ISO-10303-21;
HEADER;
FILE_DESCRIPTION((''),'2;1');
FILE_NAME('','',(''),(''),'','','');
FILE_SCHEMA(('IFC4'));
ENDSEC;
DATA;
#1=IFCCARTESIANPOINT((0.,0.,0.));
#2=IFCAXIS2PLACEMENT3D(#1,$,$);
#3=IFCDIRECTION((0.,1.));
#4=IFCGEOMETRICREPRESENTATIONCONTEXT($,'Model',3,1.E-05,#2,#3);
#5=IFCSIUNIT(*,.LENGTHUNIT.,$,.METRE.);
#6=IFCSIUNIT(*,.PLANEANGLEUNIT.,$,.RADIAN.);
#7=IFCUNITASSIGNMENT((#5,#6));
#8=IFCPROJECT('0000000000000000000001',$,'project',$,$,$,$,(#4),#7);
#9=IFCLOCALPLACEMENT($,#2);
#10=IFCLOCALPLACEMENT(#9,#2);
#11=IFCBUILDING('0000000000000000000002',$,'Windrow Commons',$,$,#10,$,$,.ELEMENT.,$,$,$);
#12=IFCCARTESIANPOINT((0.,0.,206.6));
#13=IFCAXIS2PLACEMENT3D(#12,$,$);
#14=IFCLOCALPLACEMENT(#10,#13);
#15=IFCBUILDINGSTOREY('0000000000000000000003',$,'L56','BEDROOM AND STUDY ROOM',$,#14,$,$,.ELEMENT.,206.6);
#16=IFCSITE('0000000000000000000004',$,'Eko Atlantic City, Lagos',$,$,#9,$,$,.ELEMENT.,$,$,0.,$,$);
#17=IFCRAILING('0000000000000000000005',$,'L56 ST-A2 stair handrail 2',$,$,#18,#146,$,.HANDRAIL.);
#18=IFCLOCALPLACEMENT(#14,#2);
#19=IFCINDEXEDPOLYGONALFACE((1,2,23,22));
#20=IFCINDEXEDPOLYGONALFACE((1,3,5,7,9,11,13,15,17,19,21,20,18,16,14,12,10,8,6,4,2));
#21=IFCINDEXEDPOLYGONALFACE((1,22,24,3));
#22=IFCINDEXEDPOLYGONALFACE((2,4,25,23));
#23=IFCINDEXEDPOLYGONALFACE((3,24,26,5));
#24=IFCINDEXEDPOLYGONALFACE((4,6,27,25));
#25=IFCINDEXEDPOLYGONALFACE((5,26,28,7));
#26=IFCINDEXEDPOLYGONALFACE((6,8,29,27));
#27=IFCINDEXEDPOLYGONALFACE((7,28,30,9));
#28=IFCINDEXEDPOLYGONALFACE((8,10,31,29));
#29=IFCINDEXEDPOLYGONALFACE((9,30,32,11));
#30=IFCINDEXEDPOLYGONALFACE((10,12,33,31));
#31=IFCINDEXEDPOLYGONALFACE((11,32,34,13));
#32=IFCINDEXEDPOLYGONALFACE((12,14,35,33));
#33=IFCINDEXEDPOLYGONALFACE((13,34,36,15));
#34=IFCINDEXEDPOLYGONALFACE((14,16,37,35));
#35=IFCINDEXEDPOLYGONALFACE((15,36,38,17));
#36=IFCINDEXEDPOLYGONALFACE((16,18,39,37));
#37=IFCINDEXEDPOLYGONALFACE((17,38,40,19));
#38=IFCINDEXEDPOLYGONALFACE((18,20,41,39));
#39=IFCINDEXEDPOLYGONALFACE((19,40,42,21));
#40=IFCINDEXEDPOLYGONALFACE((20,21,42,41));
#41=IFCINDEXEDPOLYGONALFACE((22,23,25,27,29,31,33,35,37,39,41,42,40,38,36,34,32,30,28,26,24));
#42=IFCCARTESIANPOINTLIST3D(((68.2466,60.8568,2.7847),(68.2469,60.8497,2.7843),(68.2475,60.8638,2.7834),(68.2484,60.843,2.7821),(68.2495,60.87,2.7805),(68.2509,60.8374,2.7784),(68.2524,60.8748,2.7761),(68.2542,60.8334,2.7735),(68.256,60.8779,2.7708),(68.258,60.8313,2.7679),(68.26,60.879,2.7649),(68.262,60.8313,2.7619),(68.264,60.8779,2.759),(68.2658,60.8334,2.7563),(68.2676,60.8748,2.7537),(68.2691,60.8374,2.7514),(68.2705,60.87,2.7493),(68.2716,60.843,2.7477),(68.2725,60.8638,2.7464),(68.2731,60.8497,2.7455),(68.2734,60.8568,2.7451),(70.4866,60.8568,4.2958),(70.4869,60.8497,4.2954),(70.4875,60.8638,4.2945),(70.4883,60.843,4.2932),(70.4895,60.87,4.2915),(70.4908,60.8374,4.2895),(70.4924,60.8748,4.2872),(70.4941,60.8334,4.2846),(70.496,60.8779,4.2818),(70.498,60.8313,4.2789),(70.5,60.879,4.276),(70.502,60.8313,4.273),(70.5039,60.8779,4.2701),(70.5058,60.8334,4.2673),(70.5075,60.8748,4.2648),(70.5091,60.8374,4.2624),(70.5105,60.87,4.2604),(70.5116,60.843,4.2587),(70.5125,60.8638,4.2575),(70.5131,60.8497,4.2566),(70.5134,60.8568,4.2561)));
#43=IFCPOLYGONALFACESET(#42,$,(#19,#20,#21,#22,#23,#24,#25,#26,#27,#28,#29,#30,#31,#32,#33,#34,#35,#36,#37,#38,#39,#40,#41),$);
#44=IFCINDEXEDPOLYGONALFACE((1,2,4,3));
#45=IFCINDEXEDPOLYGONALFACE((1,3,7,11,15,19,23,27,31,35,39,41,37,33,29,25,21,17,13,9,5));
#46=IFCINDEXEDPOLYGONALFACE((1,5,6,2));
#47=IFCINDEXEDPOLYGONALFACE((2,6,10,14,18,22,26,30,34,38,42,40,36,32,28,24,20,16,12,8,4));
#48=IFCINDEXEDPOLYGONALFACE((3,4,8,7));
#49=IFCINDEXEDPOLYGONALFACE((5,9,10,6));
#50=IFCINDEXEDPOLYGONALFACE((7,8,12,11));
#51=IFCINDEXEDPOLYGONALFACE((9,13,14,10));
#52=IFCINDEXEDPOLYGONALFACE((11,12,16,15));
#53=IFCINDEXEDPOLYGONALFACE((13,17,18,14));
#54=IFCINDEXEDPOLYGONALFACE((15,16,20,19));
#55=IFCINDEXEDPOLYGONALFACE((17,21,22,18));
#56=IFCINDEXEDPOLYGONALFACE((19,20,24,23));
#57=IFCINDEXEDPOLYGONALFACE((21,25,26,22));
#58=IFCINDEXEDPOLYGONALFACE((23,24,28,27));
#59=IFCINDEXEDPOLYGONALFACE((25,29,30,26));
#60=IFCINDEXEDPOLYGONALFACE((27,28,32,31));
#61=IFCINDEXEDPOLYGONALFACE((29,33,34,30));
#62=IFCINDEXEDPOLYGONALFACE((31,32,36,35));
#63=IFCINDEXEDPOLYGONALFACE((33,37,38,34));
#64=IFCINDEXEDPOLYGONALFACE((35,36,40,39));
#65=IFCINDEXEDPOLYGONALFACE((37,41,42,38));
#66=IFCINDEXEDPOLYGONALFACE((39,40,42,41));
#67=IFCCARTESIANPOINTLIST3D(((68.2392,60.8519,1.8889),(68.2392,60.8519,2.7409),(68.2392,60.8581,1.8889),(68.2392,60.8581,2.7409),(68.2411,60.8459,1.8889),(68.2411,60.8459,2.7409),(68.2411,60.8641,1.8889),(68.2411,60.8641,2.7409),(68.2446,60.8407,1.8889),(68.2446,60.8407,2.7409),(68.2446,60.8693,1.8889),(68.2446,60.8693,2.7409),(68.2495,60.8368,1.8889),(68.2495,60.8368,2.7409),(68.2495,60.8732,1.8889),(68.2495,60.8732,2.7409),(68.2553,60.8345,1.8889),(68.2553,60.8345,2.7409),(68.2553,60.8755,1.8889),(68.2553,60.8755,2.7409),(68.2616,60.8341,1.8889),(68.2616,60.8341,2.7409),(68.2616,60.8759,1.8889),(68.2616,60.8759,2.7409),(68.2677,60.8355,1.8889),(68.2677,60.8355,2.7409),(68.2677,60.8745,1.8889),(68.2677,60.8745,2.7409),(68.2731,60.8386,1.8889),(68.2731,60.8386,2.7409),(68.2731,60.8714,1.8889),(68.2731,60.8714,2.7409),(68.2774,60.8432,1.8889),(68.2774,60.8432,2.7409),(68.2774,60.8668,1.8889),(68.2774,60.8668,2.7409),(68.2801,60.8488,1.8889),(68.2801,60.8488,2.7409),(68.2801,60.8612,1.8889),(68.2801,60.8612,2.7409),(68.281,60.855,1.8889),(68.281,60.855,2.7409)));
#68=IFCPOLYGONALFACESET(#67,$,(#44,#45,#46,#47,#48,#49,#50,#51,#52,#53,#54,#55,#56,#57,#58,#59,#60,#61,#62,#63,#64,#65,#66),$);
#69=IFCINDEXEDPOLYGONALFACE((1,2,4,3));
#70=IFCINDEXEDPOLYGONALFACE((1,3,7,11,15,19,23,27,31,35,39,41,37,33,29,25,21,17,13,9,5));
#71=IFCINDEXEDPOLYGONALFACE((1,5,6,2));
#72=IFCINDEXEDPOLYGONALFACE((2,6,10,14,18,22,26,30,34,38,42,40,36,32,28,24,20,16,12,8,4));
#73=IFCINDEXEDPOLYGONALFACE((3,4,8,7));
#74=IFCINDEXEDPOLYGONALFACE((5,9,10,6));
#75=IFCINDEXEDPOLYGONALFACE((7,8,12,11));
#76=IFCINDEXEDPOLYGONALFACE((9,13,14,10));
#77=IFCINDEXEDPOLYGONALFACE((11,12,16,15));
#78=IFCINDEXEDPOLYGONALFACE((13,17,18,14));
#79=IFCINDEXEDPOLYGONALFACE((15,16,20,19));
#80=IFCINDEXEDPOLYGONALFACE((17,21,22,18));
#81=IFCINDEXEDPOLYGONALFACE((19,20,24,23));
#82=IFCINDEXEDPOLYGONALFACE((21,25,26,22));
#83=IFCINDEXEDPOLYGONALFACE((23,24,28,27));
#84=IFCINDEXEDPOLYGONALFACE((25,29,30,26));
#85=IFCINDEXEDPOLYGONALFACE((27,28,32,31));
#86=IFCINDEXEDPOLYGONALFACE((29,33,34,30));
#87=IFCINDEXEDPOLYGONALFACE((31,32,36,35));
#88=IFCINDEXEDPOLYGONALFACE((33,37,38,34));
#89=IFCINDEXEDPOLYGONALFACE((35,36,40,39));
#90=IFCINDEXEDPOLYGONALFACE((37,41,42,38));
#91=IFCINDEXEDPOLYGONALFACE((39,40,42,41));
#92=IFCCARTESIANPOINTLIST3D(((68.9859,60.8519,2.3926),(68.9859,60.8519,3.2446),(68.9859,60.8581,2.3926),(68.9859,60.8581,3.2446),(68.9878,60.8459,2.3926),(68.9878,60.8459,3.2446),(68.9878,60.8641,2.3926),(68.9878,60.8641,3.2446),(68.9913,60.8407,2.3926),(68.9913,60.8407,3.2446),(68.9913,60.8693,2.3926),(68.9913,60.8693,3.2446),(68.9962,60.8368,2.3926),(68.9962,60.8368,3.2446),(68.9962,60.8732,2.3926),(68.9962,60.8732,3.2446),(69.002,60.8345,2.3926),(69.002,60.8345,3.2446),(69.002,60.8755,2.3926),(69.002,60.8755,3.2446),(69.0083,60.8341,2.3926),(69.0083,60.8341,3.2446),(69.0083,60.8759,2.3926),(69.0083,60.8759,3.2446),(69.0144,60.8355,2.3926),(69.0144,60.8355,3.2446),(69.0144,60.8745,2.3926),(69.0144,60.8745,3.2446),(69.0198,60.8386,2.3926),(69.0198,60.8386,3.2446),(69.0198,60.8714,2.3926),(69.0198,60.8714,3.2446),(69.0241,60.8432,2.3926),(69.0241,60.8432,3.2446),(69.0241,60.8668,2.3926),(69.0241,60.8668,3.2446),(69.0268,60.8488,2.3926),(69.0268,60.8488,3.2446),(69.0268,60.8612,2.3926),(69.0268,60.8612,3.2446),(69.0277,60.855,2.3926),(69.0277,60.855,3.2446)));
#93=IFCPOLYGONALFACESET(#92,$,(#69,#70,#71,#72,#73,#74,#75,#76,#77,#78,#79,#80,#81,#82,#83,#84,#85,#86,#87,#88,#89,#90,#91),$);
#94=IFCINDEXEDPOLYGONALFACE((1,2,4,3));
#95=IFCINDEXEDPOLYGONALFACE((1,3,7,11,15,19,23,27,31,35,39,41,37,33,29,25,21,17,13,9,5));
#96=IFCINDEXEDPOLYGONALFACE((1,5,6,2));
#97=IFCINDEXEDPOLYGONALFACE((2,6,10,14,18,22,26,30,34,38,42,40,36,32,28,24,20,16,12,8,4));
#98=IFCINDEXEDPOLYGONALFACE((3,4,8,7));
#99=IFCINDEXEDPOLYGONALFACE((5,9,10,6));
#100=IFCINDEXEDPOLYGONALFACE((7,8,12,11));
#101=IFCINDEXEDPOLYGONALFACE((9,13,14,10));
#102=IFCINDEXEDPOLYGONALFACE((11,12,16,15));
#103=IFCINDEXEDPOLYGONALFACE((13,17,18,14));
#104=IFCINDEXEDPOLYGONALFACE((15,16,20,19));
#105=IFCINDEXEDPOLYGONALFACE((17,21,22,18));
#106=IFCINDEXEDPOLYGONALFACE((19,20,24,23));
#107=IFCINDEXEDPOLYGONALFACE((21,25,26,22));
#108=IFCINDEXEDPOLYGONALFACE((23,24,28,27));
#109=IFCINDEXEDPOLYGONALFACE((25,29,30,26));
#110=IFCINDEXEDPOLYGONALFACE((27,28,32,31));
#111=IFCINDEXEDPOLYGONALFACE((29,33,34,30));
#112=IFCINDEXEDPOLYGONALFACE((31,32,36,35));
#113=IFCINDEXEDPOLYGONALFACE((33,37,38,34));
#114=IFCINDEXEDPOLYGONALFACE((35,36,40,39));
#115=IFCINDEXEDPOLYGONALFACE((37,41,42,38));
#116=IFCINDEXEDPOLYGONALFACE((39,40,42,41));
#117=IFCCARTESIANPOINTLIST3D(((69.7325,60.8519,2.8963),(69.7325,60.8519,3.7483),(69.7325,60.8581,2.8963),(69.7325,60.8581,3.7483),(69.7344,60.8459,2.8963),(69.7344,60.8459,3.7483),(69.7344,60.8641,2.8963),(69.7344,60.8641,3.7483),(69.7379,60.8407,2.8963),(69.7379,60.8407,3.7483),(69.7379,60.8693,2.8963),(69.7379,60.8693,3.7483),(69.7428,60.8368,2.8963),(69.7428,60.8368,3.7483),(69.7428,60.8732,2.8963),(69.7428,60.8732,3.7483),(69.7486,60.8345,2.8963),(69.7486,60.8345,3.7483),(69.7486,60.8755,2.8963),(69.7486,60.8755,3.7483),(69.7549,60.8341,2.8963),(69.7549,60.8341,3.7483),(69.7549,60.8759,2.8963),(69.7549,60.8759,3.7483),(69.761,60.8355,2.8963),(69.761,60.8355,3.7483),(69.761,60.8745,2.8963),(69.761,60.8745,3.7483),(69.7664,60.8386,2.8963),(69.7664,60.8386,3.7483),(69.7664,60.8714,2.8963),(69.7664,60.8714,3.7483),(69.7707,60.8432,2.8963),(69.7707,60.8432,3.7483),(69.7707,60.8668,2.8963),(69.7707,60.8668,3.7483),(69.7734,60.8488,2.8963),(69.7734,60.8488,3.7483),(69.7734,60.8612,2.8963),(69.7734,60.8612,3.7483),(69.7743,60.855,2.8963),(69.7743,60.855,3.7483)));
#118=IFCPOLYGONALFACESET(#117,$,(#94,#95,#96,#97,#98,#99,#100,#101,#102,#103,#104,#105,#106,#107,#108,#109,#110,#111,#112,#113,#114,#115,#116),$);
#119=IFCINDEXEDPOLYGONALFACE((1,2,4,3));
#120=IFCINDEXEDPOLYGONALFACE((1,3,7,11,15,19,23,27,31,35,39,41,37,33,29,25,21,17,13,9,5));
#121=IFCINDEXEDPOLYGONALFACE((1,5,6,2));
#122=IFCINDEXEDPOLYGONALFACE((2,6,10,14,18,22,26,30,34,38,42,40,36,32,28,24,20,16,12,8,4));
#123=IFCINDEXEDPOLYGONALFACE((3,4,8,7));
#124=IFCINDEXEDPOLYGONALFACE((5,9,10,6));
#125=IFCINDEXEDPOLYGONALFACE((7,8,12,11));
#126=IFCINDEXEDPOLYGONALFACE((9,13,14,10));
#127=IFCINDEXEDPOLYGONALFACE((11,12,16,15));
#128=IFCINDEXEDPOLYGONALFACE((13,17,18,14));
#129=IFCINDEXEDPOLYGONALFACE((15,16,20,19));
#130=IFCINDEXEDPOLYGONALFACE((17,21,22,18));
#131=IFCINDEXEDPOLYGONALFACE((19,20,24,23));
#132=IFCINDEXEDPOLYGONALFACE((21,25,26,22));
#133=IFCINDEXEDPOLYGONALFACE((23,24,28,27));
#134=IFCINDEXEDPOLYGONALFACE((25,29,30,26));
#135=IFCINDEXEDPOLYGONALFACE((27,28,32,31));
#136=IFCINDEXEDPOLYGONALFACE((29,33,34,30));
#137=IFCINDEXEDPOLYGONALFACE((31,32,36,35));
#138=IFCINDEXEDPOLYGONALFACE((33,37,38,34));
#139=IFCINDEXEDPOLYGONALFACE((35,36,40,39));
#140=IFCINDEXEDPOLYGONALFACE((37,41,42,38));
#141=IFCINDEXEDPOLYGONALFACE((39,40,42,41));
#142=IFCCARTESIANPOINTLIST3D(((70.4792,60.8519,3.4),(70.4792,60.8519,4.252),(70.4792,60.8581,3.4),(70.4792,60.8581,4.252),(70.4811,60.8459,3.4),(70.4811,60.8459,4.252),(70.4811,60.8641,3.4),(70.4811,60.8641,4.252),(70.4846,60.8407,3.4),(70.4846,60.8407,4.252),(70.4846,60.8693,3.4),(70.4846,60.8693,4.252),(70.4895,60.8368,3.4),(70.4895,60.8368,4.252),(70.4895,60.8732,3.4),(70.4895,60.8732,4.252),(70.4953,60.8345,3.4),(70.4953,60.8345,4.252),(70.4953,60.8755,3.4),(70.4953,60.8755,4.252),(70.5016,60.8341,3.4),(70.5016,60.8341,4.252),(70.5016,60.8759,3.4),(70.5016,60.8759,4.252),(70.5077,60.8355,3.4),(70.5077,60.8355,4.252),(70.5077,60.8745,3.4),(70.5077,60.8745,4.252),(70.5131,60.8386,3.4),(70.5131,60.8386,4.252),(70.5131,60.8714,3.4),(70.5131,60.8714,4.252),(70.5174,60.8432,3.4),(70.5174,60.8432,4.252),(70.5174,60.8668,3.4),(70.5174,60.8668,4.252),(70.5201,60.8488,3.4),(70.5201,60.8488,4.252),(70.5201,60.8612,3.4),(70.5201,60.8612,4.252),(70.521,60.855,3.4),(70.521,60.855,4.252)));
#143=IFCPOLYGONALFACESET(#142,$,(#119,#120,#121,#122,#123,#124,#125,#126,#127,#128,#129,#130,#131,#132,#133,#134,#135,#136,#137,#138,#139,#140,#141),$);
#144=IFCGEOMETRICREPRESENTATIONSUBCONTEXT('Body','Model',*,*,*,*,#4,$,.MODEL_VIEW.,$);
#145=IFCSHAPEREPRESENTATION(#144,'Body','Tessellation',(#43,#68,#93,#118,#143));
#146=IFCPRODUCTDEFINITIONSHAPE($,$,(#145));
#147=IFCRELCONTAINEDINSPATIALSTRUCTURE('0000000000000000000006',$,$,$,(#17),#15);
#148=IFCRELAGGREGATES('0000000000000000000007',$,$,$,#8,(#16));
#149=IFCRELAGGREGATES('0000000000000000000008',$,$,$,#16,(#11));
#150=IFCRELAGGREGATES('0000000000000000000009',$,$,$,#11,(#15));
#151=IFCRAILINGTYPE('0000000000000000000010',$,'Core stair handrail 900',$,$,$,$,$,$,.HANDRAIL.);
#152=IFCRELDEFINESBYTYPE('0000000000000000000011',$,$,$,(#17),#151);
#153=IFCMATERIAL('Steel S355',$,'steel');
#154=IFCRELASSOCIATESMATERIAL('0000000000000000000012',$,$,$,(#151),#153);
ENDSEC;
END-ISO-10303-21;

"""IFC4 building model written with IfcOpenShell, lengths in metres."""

from ifc_helpers import new_model, si_unit, direction, frame, origin, origin_2d, place, context, subcontext, project, spatial, circle, extrude, material, type_object, element, save


model = new_model("IFC4")

# Units and contexts
model_context = context("Model", 3, precision=1e-05, world=origin(), true_north=direction((0.0, 1.0)))
body_context = subcontext(model_context, "Body", "Model", "MODEL_VIEW")
ifc_project = project(units=[si_unit("LENGTHUNIT", "METRE"), si_unit("PLANEANGLEUNIT", "RADIAN")], contexts=[model_context])

# Site, building, storey
site_placement = place(None, origin())
site = spatial("IfcSite", under=ifc_project, at=site_placement, Name="Eko Atlantic City, Lagos", CompositionType="ELEMENT", RefElevation=0.0)
building_placement = place(site_placement, origin())
building = spatial("IfcBuilding", under=site, at=building_placement, Name="Windrow Commons", CompositionType="ELEMENT")
storey_placement = place(building_placement, frame((0.0, 0.0, 206.6)))
storey = spatial("IfcBuildingStorey", under=building, at=storey_placement, Name="L56", Description="BEDROOM AND STUDY ROOM", CompositionType="ELEMENT", Elevation=206.6)

# Railing
ifc_material_1 = material(Name="Steel S355", Category="steel")
railing_type_1 = type_object("IfcRailingType", Name="Core stair handrail 900", PredefinedType="HANDRAIL", material=ifc_material_1)
railing_1_placement = place(storey_placement, frame((68.26, 60.855, 1.8889)))
element("IfcRailing", 1, at=railing_1_placement, inside=storey, type_object=railing_type_1, Name="L56 ST-A2 stair handrail 2", PredefinedType="HANDRAIL", context=body_context, shape_type="SweptSolid", body=[
    extrude(circle(Radius=0.024, at=origin_2d()), frame((0.0, 0.0, 0.876), z_axis=(0.829003, 0.0, 0.559244), x_axis=(0.0, 1.0, 0.0)), (0.0, 0.0, 1.0), 2.702),
    extrude(circle(Radius=0.021, at=origin_2d()), origin(), (0.0, 0.0, 1.0), 0.852),
    extrude(circle(Radius=0.021, at=origin_2d()), frame((0.7467, 0.0, 0.5037)), (0.0, 0.0, 1.0), 0.852),
    extrude(circle(Radius=0.021, at=origin_2d()), frame((1.4933, 0.0, 1.0074)), (0.0, 0.0, 1.0), 0.852),
    extrude(circle(Radius=0.021, at=origin_2d()), frame((2.24, 0.0, 1.5111)), (0.0, 0.0, 1.0), 0.852),
])

save(model, "model.ifc")
